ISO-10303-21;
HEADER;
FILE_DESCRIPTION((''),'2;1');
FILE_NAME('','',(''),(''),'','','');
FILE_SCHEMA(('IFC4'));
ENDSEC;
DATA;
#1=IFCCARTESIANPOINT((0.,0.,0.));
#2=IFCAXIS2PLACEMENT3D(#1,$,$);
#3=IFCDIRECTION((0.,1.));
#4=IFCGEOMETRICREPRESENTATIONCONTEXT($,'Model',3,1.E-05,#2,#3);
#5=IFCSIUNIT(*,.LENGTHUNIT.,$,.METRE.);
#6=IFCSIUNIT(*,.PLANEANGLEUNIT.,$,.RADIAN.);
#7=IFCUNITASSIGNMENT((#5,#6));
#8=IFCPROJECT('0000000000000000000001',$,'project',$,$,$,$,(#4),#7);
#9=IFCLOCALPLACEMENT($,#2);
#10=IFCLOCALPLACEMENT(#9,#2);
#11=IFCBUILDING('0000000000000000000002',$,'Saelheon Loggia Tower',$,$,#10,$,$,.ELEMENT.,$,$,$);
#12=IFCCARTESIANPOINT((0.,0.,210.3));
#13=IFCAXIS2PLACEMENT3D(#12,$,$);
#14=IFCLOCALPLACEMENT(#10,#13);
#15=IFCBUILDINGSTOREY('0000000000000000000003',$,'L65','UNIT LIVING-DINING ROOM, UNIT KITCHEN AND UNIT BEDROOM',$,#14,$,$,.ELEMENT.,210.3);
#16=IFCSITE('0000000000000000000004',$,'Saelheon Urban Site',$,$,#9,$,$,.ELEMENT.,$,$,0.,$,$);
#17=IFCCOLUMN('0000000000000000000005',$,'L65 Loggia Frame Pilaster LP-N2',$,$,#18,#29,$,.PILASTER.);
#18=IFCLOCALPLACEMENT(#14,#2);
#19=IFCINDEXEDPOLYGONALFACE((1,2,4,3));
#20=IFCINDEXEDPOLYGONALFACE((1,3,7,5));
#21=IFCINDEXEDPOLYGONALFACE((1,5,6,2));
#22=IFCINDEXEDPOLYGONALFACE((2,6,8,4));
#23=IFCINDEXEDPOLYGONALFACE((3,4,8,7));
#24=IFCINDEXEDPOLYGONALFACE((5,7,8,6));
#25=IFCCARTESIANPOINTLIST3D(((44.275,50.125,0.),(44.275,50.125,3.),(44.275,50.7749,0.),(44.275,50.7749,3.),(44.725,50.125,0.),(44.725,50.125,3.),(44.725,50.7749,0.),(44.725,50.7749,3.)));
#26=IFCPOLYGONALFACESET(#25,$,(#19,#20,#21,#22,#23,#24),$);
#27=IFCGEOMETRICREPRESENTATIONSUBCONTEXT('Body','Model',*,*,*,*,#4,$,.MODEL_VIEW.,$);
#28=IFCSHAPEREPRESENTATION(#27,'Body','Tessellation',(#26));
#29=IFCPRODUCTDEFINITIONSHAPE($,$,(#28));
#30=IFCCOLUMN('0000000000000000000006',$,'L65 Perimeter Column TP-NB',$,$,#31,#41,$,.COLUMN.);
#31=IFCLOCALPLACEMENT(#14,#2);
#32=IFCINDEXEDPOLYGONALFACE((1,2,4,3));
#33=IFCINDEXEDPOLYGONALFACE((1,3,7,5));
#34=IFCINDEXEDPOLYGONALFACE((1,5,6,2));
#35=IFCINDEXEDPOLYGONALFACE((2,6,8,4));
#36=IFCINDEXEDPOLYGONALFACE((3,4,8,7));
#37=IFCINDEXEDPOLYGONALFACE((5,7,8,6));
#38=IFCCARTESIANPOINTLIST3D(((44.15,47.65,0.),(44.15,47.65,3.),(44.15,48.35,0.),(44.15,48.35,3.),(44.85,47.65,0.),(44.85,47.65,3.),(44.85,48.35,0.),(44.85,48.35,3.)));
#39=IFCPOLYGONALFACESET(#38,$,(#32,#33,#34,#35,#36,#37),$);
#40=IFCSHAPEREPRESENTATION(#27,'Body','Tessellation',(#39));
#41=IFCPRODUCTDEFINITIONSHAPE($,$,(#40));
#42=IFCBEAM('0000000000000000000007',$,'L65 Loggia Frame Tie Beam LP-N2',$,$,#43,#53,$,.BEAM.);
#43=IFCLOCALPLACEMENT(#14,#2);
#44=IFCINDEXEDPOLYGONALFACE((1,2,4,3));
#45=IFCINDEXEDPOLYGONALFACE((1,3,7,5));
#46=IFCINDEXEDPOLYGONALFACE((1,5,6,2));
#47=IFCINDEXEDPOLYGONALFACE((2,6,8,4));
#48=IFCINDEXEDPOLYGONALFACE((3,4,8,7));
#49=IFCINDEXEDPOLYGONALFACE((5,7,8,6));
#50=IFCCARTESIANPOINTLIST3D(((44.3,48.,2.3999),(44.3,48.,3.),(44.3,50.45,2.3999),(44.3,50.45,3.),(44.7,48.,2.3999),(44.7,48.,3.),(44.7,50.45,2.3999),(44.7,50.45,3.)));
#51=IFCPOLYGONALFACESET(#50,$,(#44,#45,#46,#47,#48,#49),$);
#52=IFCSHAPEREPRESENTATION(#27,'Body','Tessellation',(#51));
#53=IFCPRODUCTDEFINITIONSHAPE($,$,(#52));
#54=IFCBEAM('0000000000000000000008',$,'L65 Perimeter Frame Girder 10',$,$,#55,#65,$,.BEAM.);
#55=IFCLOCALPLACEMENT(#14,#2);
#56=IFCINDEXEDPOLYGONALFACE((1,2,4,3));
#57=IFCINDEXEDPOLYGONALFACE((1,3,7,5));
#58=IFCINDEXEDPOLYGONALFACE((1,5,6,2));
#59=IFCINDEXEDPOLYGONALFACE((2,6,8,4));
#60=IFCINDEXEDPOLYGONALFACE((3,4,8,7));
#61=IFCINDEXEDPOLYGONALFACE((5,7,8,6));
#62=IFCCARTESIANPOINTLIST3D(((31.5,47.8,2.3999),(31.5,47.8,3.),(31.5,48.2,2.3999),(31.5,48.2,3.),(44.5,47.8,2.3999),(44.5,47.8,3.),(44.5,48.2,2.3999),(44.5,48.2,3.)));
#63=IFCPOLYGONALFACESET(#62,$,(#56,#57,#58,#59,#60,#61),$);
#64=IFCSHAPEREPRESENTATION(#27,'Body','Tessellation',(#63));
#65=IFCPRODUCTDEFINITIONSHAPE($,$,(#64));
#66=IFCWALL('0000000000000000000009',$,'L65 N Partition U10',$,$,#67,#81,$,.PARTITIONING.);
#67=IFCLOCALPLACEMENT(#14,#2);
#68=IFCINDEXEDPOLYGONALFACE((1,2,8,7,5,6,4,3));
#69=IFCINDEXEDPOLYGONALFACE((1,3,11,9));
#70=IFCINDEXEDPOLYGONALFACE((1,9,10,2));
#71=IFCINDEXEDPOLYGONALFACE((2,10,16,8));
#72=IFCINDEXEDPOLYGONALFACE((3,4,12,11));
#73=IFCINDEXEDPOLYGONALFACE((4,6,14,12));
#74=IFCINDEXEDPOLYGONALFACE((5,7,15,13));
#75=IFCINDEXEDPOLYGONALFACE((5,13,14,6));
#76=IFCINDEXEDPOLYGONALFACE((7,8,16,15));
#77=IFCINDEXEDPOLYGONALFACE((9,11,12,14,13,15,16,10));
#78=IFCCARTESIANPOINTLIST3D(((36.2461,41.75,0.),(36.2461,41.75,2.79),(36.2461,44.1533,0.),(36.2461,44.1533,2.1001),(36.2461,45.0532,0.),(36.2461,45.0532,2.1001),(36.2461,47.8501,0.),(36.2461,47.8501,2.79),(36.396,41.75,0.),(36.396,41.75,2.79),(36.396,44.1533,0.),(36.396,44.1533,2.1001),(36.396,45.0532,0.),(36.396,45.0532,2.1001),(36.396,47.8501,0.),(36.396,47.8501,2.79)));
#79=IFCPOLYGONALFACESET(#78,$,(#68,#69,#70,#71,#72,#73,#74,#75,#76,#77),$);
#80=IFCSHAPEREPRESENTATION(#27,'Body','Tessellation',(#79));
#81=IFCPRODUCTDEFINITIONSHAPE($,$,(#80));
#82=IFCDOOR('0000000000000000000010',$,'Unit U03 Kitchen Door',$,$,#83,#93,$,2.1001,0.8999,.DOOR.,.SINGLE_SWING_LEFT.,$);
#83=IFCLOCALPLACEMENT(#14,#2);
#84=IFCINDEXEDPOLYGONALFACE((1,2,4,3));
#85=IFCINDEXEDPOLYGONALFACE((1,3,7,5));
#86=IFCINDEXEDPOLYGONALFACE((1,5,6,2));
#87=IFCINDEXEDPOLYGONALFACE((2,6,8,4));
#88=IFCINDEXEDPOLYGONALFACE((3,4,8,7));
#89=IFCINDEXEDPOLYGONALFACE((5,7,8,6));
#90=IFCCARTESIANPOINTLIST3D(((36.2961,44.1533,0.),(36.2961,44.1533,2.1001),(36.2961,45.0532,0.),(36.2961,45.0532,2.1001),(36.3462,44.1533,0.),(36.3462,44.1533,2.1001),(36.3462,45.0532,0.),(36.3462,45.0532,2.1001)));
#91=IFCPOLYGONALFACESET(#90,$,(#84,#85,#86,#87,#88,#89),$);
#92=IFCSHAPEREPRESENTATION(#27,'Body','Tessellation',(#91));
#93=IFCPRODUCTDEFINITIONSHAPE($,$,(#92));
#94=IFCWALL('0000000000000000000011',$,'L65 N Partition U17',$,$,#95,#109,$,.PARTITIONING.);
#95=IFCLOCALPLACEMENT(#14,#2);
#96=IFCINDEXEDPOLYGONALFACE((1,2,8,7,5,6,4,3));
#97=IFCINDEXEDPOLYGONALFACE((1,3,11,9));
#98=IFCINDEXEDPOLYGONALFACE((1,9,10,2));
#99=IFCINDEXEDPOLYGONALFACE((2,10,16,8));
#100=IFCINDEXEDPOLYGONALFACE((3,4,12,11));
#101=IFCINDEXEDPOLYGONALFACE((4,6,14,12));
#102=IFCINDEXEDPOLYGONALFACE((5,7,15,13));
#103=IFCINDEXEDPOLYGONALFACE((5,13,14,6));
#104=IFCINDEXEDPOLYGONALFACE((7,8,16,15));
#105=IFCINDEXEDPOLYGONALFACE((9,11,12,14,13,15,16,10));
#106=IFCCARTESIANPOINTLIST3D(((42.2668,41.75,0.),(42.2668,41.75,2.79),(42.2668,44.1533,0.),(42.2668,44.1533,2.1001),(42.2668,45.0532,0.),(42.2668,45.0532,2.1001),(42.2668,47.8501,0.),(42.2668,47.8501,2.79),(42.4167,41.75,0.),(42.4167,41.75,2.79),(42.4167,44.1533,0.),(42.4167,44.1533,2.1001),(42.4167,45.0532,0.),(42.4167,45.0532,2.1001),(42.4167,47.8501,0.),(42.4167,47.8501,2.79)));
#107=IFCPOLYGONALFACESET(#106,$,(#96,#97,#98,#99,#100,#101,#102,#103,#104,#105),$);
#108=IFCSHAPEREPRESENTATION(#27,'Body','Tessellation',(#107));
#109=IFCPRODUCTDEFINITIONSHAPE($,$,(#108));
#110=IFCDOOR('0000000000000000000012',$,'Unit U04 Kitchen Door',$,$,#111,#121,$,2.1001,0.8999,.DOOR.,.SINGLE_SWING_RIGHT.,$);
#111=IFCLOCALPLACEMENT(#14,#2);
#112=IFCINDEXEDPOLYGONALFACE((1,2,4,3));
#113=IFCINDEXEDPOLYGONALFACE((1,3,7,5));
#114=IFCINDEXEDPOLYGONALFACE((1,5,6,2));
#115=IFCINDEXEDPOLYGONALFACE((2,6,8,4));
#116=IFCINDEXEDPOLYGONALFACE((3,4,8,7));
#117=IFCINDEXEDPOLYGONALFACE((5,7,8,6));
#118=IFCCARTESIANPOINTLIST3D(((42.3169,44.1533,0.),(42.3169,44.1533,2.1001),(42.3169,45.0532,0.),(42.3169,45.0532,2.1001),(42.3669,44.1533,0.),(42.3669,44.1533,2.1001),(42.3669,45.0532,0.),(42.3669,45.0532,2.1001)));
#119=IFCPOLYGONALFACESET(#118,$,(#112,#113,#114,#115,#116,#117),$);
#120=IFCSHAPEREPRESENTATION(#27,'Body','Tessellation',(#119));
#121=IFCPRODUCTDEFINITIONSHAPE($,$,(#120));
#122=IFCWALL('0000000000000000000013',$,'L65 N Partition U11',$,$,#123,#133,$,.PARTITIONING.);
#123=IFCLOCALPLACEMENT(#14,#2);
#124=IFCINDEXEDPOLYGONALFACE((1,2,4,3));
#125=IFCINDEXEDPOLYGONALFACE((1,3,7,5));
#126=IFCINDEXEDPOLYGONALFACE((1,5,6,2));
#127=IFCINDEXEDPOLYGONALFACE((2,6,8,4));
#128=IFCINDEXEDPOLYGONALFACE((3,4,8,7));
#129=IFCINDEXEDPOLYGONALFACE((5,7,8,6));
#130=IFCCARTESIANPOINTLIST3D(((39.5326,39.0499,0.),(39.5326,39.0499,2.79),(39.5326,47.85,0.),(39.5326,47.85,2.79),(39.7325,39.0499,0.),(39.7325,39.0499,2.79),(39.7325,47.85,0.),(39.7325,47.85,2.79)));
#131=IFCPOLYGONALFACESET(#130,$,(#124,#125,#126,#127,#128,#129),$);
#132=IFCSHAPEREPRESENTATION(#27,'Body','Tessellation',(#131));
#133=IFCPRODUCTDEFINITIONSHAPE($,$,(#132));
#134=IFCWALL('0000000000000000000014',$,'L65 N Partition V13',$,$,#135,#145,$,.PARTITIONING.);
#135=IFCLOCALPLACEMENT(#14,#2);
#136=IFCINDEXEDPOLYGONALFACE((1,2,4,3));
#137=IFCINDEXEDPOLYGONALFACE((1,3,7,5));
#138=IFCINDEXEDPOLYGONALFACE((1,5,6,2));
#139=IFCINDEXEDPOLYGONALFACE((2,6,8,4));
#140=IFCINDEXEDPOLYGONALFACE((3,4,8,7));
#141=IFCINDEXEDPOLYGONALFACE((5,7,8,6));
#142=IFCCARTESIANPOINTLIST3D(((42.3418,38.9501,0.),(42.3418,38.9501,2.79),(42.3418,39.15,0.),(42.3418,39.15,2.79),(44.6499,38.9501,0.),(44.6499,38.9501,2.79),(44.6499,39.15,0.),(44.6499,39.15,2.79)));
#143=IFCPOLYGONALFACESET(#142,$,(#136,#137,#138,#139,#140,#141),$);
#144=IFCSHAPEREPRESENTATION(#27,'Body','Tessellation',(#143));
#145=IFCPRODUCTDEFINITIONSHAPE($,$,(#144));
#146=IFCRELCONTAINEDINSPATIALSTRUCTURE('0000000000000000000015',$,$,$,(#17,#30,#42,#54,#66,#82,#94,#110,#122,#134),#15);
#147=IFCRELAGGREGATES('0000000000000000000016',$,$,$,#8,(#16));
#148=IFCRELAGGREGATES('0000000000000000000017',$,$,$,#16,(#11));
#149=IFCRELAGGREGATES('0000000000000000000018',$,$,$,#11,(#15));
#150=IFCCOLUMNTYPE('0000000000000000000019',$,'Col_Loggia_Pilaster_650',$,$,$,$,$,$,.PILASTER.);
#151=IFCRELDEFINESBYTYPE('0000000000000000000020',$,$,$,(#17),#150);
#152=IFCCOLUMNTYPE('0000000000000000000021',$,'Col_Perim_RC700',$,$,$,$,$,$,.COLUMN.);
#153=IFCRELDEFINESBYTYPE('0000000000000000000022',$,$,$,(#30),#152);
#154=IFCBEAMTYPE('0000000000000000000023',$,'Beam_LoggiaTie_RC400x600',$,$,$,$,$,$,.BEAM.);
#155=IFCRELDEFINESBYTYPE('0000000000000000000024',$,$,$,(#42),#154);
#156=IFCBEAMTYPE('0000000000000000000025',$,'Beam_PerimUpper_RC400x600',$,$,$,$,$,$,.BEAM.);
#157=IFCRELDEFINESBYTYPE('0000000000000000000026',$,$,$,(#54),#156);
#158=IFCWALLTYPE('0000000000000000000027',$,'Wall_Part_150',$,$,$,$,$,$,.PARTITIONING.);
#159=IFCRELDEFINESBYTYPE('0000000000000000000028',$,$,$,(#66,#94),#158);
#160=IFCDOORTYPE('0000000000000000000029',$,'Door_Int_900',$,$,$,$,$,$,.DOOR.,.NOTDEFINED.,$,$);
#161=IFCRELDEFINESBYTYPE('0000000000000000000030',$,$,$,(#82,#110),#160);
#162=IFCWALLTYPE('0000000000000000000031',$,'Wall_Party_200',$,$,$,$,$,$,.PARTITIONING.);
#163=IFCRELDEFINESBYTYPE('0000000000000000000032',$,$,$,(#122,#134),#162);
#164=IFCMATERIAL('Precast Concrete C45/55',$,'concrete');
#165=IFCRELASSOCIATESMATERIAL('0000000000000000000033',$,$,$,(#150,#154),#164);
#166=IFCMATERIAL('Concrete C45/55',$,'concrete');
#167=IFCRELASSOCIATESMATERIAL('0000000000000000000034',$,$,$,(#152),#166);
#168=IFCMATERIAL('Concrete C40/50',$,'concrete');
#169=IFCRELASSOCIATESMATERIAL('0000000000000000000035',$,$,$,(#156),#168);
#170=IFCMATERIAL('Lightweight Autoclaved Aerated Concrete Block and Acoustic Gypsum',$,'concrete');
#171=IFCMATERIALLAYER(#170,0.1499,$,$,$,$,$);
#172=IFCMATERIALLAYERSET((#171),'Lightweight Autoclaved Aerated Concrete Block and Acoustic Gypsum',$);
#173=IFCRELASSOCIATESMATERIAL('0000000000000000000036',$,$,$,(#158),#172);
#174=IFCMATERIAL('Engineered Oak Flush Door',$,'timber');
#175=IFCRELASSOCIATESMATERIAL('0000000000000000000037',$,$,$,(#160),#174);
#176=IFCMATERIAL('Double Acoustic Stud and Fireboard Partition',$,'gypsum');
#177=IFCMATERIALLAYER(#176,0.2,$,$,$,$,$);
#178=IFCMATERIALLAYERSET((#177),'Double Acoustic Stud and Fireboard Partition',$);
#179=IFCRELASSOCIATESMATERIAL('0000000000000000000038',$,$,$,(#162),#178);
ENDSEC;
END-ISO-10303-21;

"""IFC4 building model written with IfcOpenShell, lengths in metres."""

from ifc_helpers import new_model, si_unit, direction, frame, frame_2d, origin, origin_2d, place, context, subcontext, project, spatial, rectangle, extrude, source, transform, mapped, material, layer, layer_set, material_profile, profile_set, type_object, element, fill, save


model = new_model("IFC4")

# Units and contexts
model_context = context("Model", 3, precision=1e-05, world=origin(), true_north=direction((0.0, 1.0)))
body_context = subcontext(model_context, "Body", "Model", "MODEL_VIEW")
ifc_project = project(units=[si_unit("LENGTHUNIT", "METRE"), si_unit("PLANEANGLEUNIT", "RADIAN")], contexts=[model_context])

# Site, building, storey
site_placement = place(None, origin())
site = spatial("IfcSite", under=ifc_project, at=site_placement, Name="Saelheon Urban Site", CompositionType="ELEMENT", RefElevation=0.0)
building_placement = place(site_placement, origin())
building = spatial("IfcBuilding", under=site, at=building_placement, Name="Saelheon Loggia Tower", CompositionType="ELEMENT")
storey_placement = place(building_placement, frame((0.0, 0.0, 210.3)))
storey = spatial("IfcBuildingStorey", under=building, at=storey_placement, Name="L65", Description="UNIT LIVING-DINING ROOM, UNIT KITCHEN AND UNIT BEDROOM", CompositionType="ELEMENT", Elevation=210.3)

# Columns
ifc_material_1 = material(Name="Precast Concrete C45/55", Category="concrete")
ifc_material_profile_1 = material_profile(ifc_material_1, rectangle(XDim=0.45, YDim=0.6499, at=origin_2d()), Name="RC-450x650")
ifc_profile_set_1 = profile_set([ifc_material_profile_1], Name="Precast Concrete C45/55")
column_type_1 = type_object("IfcColumnType", Name="Col_Loggia_Pilaster_650", PredefinedType="PILASTER", material=ifc_profile_set_1)
shared_shape_1 = source(origin(), body_context, "Body", "SweptSolid", [
    extrude(rectangle(XDim=0.45, YDim=0.6499, at=origin_2d()), origin(), (0.0, 0.0, 1.0), 3.0),
])
column_1_placement = place(storey_placement, frame((44.5, 50.45, 0.0), z_axis=(0.0, 0.0, 1.0), x_axis=(1.0, 0.0, 0.0)))
element("IfcColumn", 1, at=column_1_placement, inside=storey, type_object=column_type_1, Name="L65 Loggia Frame Pilaster LP-N2", PredefinedType="PILASTER", context=body_context, shape_type="MappedRepresentation", body=[
    mapped(shared_shape_1, transform((0.0, 0.0, 0.0), scale=1.0)),
])
ifc_material_2 = material(Name="Concrete C45/55", Category="concrete")
ifc_material_profile_2 = material_profile(ifc_material_2, rectangle(XDim=0.7, YDim=0.7, at=origin_2d()), Name="RC-700x700")
ifc_profile_set_2 = profile_set([ifc_material_profile_2], Name="Concrete C45/55")
column_type_2 = type_object("IfcColumnType", Name="Col_Perim_RC700", PredefinedType="COLUMN", material=ifc_profile_set_2)
shared_shape_2 = source(origin(), body_context, "Body", "SweptSolid", [
    extrude(rectangle(XDim=0.7, YDim=0.7, at=origin_2d()), origin(), (0.0, 0.0, 1.0), 3.0),
])
column_2_placement = place(storey_placement, frame((44.5, 48.0, 0.0), z_axis=(0.0, 0.0, 1.0), x_axis=(1.0, 0.0, 0.0)))
element("IfcColumn", 2, at=column_2_placement, inside=storey, type_object=column_type_2, Name="L65 Perimeter Column TP-NB", PredefinedType="COLUMN", context=body_context, shape_type="MappedRepresentation", body=[
    mapped(shared_shape_2, transform((0.0, 0.0, 0.0), scale=1.0)),
])

# Beams
ifc_material_profile_3 = material_profile(ifc_material_1, rectangle(XDim=0.3999, YDim=0.6001, at=origin_2d()), Name="RC-400x600")
ifc_profile_set_3 = profile_set([ifc_material_profile_3], Name="Precast Concrete C45/55")
beam_type_1 = type_object("IfcBeamType", Name="Beam_LoggiaTie_RC400x600", PredefinedType="BEAM", material=ifc_profile_set_3)
shared_shape_3 = source(origin(), body_context, "Body", "SweptSolid", [
    extrude(rectangle(XDim=0.3999, YDim=0.6001, at=origin_2d()), origin(), (0.0, 0.0, 1.0), 2.45),
])
beam_1_placement = place(storey_placement, frame((44.5, 48.0, 2.7), z_axis=(0.0, 1.0, 0.0), x_axis=(-1.0, 0.0, 0.0)))
element("IfcBeam", 3, at=beam_1_placement, inside=storey, type_object=beam_type_1, Name="L65 Loggia Frame Tie Beam LP-N2", PredefinedType="BEAM", context=body_context, shape_type="MappedRepresentation", body=[
    mapped(shared_shape_3, transform((0.0, 0.0, 0.0), scale=1.0)),
])
ifc_material_3 = material(Name="Concrete C40/50", Category="concrete")
ifc_material_profile_4 = material_profile(ifc_material_3, rectangle(XDim=0.3999, YDim=0.6001, at=origin_2d()), Name="RC-400x600")
ifc_profile_set_4 = profile_set([ifc_material_profile_4], Name="Concrete C40/50")
beam_type_2 = type_object("IfcBeamType", Name="Beam_PerimUpper_RC400x600", PredefinedType="BEAM", material=ifc_profile_set_4)
shared_shape_4 = source(origin(), body_context, "Body", "SweptSolid", [
    extrude(rectangle(XDim=0.3999, YDim=0.6001, at=origin_2d()), origin(), (0.0, 0.0, 1.0), 13.0),
])
beam_2_placement = place(storey_placement, frame((44.5, 48.0, 2.7), z_axis=(-1.0, 0.0, 0.0), x_axis=(0.0, -1.0, 0.0)))
element("IfcBeam", 4, at=beam_2_placement, inside=storey, type_object=beam_type_2, Name="L65 Perimeter Frame Girder 10", PredefinedType="BEAM", context=body_context, shape_type="MappedRepresentation", body=[
    mapped(shared_shape_4, transform((0.0, 0.0, 0.0), scale=1.0)),
])

# Walls, openings, doors
ifc_material_4 = material(Name="Lightweight Autoclaved Aerated Concrete Block and Acoustic Gypsum", Category="concrete")
ifc_layer_1 = layer(ifc_material_4, 0.1499)
ifc_layer_set_1 = layer_set([ifc_layer_1], Name="Lightweight Autoclaved Aerated Concrete Block and Acoustic Gypsum")
wall_type_1 = type_object("IfcWallType", Name="Wall_Part_150", PredefinedType="PARTITIONING", material=ifc_layer_set_1)
wall_1_placement = place(storey_placement, frame((36.321, 41.75, 0.0), z_axis=(0.0, 0.0, 1.0), x_axis=(0.0, 1.0, 0.0)))
wall_1 = element("IfcWall", 5, at=wall_1_placement, inside=storey, type_object=wall_type_1, Name="L65 N Partition U10", PredefinedType="PARTITIONING", context=body_context, shape_type="SweptSolid", body=[
    extrude(rectangle(XDim=6.1001, YDim=0.1499, at=frame_2d((3.05, 0.0))), origin(), (0.0, 0.0, 1.0), 2.79),
])
opening_1_placement = place(wall_1_placement, frame((2.4033, 0.0, 0.0)))
opening_1 = element("IfcOpeningElement", 6, at=opening_1_placement, cuts=wall_1, PredefinedType="OPENING", context=body_context, shape_type="SweptSolid", body=[
    extrude(rectangle(XDim=0.8999, YDim=2.1001, at=frame_2d((0.45, 1.05))), frame((0.0, 0.0869, 0.0), z_axis=(0.0, -1.0, 0.0), x_axis=(1.0, 0.0, 0.0)), (0.0, 0.0, 1.0), 0.1738),
])
ifc_material_5 = material(Name="Engineered Oak Flush Door", Category="timber")
door_type_1 = type_object("IfcDoorType", Name="Door_Int_900", OperationType="NOTDEFINED", PredefinedType="DOOR", material=ifc_material_5)
shared_shape_5 = source(origin(), body_context, "Body", "SweptSolid", [
    extrude(rectangle(XDim=0.8999, YDim=2.1001, at=frame_2d((0.45, 1.05))), frame((0.0, 0.0249, 0.0), z_axis=(0.0, -1.0, 0.0), x_axis=(1.0, 0.0, 0.0)), (0.0, 0.0, 1.0), 0.05),
])
door_1_placement = place(opening_1_placement, origin())
door_1 = element("IfcDoor", 7, at=door_1_placement, inside=storey, type_object=door_type_1, Name="Unit U03 Kitchen Door", OperationType="SINGLE_SWING_LEFT", OverallHeight=2.1001, OverallWidth=0.8999, PredefinedType="DOOR", context=body_context, shape_type="MappedRepresentation", body=[
    mapped(shared_shape_5, transform((0.0, 0.0, 0.0), scale=1.0)),
])
fill(opening_1, door_1)
wall_2_placement = place(storey_placement, frame((42.3418, 41.75, 0.0), z_axis=(0.0, 0.0, 1.0), x_axis=(0.0, 1.0, 0.0)))
wall_2 = element("IfcWall", 8, at=wall_2_placement, inside=storey, type_object=wall_type_1, Name="L65 N Partition U17", PredefinedType="PARTITIONING", context=body_context, shape_type="SweptSolid", body=[
    extrude(rectangle(XDim=6.1001, YDim=0.1499, at=frame_2d((3.05, 0.0))), origin(), (0.0, 0.0, 1.0), 2.79),
])
opening_2_placement = place(wall_2_placement, frame((2.4033, 0.0, 0.0)))
opening_2 = element("IfcOpeningElement", 9, at=opening_2_placement, cuts=wall_2, PredefinedType="OPENING", context=body_context, shape_type="SweptSolid", body=[
    extrude(rectangle(XDim=0.8999, YDim=2.1001, at=frame_2d((0.45, 1.05))), frame((0.0, 0.0869, 0.0), z_axis=(0.0, -1.0, 0.0), x_axis=(1.0, 0.0, 0.0)), (0.0, 0.0, 1.0), 0.1738),
])
door_2_placement = place(opening_2_placement, origin())
door_2 = element("IfcDoor", 10, at=door_2_placement, inside=storey, type_object=door_type_1, Name="Unit U04 Kitchen Door", OperationType="SINGLE_SWING_RIGHT", OverallHeight=2.1001, OverallWidth=0.8999, PredefinedType="DOOR", context=body_context, shape_type="MappedRepresentation", body=[
    mapped(shared_shape_5, transform((0.0, 0.0, 0.0), scale=1.0)),
])
fill(opening_2, door_2)
ifc_material_6 = material(Name="Double Acoustic Stud and Fireboard Partition", Category="gypsum")
ifc_layer_2 = layer(ifc_material_6, 0.2)
ifc_layer_set_2 = layer_set([ifc_layer_2], Name="Double Acoustic Stud and Fireboard Partition")
wall_type_2 = type_object("IfcWallType", Name="Wall_Party_200", PredefinedType="PARTITIONING", material=ifc_layer_set_2)

# Wall
wall_3_placement = place(storey_placement, frame((39.6326, 39.05, 0.0), z_axis=(0.0, 0.0, 1.0), x_axis=(0.0, 1.0, 0.0)))
element("IfcWall", 11, at=wall_3_placement, inside=storey, type_object=wall_type_2, Name="L65 N Partition U11", PredefinedType="PARTITIONING", context=body_context, shape_type="SweptSolid", body=[
    extrude(rectangle(XDim=8.8, YDim=0.2, at=frame_2d((4.3999, 0.0))), origin(), (0.0, 0.0, 1.0), 2.79),
])

# Wall
wall_4_placement = place(storey_placement, frame((42.3418, 39.05, 0.0), z_axis=(0.0, 0.0, 1.0), x_axis=(1.0, 0.0, 0.0)))
element("IfcWall", 12, at=wall_4_placement, inside=storey, type_object=wall_type_2, Name="L65 N Partition V13", PredefinedType="PARTITIONING", context=body_context, shape_type="SweptSolid", body=[
    extrude(rectangle(XDim=2.3081, YDim=0.2, at=frame_2d((1.1541, 0.0))), origin(), (0.0, 0.0, 1.0), 2.79),
])

save(model, "model.ifc")
